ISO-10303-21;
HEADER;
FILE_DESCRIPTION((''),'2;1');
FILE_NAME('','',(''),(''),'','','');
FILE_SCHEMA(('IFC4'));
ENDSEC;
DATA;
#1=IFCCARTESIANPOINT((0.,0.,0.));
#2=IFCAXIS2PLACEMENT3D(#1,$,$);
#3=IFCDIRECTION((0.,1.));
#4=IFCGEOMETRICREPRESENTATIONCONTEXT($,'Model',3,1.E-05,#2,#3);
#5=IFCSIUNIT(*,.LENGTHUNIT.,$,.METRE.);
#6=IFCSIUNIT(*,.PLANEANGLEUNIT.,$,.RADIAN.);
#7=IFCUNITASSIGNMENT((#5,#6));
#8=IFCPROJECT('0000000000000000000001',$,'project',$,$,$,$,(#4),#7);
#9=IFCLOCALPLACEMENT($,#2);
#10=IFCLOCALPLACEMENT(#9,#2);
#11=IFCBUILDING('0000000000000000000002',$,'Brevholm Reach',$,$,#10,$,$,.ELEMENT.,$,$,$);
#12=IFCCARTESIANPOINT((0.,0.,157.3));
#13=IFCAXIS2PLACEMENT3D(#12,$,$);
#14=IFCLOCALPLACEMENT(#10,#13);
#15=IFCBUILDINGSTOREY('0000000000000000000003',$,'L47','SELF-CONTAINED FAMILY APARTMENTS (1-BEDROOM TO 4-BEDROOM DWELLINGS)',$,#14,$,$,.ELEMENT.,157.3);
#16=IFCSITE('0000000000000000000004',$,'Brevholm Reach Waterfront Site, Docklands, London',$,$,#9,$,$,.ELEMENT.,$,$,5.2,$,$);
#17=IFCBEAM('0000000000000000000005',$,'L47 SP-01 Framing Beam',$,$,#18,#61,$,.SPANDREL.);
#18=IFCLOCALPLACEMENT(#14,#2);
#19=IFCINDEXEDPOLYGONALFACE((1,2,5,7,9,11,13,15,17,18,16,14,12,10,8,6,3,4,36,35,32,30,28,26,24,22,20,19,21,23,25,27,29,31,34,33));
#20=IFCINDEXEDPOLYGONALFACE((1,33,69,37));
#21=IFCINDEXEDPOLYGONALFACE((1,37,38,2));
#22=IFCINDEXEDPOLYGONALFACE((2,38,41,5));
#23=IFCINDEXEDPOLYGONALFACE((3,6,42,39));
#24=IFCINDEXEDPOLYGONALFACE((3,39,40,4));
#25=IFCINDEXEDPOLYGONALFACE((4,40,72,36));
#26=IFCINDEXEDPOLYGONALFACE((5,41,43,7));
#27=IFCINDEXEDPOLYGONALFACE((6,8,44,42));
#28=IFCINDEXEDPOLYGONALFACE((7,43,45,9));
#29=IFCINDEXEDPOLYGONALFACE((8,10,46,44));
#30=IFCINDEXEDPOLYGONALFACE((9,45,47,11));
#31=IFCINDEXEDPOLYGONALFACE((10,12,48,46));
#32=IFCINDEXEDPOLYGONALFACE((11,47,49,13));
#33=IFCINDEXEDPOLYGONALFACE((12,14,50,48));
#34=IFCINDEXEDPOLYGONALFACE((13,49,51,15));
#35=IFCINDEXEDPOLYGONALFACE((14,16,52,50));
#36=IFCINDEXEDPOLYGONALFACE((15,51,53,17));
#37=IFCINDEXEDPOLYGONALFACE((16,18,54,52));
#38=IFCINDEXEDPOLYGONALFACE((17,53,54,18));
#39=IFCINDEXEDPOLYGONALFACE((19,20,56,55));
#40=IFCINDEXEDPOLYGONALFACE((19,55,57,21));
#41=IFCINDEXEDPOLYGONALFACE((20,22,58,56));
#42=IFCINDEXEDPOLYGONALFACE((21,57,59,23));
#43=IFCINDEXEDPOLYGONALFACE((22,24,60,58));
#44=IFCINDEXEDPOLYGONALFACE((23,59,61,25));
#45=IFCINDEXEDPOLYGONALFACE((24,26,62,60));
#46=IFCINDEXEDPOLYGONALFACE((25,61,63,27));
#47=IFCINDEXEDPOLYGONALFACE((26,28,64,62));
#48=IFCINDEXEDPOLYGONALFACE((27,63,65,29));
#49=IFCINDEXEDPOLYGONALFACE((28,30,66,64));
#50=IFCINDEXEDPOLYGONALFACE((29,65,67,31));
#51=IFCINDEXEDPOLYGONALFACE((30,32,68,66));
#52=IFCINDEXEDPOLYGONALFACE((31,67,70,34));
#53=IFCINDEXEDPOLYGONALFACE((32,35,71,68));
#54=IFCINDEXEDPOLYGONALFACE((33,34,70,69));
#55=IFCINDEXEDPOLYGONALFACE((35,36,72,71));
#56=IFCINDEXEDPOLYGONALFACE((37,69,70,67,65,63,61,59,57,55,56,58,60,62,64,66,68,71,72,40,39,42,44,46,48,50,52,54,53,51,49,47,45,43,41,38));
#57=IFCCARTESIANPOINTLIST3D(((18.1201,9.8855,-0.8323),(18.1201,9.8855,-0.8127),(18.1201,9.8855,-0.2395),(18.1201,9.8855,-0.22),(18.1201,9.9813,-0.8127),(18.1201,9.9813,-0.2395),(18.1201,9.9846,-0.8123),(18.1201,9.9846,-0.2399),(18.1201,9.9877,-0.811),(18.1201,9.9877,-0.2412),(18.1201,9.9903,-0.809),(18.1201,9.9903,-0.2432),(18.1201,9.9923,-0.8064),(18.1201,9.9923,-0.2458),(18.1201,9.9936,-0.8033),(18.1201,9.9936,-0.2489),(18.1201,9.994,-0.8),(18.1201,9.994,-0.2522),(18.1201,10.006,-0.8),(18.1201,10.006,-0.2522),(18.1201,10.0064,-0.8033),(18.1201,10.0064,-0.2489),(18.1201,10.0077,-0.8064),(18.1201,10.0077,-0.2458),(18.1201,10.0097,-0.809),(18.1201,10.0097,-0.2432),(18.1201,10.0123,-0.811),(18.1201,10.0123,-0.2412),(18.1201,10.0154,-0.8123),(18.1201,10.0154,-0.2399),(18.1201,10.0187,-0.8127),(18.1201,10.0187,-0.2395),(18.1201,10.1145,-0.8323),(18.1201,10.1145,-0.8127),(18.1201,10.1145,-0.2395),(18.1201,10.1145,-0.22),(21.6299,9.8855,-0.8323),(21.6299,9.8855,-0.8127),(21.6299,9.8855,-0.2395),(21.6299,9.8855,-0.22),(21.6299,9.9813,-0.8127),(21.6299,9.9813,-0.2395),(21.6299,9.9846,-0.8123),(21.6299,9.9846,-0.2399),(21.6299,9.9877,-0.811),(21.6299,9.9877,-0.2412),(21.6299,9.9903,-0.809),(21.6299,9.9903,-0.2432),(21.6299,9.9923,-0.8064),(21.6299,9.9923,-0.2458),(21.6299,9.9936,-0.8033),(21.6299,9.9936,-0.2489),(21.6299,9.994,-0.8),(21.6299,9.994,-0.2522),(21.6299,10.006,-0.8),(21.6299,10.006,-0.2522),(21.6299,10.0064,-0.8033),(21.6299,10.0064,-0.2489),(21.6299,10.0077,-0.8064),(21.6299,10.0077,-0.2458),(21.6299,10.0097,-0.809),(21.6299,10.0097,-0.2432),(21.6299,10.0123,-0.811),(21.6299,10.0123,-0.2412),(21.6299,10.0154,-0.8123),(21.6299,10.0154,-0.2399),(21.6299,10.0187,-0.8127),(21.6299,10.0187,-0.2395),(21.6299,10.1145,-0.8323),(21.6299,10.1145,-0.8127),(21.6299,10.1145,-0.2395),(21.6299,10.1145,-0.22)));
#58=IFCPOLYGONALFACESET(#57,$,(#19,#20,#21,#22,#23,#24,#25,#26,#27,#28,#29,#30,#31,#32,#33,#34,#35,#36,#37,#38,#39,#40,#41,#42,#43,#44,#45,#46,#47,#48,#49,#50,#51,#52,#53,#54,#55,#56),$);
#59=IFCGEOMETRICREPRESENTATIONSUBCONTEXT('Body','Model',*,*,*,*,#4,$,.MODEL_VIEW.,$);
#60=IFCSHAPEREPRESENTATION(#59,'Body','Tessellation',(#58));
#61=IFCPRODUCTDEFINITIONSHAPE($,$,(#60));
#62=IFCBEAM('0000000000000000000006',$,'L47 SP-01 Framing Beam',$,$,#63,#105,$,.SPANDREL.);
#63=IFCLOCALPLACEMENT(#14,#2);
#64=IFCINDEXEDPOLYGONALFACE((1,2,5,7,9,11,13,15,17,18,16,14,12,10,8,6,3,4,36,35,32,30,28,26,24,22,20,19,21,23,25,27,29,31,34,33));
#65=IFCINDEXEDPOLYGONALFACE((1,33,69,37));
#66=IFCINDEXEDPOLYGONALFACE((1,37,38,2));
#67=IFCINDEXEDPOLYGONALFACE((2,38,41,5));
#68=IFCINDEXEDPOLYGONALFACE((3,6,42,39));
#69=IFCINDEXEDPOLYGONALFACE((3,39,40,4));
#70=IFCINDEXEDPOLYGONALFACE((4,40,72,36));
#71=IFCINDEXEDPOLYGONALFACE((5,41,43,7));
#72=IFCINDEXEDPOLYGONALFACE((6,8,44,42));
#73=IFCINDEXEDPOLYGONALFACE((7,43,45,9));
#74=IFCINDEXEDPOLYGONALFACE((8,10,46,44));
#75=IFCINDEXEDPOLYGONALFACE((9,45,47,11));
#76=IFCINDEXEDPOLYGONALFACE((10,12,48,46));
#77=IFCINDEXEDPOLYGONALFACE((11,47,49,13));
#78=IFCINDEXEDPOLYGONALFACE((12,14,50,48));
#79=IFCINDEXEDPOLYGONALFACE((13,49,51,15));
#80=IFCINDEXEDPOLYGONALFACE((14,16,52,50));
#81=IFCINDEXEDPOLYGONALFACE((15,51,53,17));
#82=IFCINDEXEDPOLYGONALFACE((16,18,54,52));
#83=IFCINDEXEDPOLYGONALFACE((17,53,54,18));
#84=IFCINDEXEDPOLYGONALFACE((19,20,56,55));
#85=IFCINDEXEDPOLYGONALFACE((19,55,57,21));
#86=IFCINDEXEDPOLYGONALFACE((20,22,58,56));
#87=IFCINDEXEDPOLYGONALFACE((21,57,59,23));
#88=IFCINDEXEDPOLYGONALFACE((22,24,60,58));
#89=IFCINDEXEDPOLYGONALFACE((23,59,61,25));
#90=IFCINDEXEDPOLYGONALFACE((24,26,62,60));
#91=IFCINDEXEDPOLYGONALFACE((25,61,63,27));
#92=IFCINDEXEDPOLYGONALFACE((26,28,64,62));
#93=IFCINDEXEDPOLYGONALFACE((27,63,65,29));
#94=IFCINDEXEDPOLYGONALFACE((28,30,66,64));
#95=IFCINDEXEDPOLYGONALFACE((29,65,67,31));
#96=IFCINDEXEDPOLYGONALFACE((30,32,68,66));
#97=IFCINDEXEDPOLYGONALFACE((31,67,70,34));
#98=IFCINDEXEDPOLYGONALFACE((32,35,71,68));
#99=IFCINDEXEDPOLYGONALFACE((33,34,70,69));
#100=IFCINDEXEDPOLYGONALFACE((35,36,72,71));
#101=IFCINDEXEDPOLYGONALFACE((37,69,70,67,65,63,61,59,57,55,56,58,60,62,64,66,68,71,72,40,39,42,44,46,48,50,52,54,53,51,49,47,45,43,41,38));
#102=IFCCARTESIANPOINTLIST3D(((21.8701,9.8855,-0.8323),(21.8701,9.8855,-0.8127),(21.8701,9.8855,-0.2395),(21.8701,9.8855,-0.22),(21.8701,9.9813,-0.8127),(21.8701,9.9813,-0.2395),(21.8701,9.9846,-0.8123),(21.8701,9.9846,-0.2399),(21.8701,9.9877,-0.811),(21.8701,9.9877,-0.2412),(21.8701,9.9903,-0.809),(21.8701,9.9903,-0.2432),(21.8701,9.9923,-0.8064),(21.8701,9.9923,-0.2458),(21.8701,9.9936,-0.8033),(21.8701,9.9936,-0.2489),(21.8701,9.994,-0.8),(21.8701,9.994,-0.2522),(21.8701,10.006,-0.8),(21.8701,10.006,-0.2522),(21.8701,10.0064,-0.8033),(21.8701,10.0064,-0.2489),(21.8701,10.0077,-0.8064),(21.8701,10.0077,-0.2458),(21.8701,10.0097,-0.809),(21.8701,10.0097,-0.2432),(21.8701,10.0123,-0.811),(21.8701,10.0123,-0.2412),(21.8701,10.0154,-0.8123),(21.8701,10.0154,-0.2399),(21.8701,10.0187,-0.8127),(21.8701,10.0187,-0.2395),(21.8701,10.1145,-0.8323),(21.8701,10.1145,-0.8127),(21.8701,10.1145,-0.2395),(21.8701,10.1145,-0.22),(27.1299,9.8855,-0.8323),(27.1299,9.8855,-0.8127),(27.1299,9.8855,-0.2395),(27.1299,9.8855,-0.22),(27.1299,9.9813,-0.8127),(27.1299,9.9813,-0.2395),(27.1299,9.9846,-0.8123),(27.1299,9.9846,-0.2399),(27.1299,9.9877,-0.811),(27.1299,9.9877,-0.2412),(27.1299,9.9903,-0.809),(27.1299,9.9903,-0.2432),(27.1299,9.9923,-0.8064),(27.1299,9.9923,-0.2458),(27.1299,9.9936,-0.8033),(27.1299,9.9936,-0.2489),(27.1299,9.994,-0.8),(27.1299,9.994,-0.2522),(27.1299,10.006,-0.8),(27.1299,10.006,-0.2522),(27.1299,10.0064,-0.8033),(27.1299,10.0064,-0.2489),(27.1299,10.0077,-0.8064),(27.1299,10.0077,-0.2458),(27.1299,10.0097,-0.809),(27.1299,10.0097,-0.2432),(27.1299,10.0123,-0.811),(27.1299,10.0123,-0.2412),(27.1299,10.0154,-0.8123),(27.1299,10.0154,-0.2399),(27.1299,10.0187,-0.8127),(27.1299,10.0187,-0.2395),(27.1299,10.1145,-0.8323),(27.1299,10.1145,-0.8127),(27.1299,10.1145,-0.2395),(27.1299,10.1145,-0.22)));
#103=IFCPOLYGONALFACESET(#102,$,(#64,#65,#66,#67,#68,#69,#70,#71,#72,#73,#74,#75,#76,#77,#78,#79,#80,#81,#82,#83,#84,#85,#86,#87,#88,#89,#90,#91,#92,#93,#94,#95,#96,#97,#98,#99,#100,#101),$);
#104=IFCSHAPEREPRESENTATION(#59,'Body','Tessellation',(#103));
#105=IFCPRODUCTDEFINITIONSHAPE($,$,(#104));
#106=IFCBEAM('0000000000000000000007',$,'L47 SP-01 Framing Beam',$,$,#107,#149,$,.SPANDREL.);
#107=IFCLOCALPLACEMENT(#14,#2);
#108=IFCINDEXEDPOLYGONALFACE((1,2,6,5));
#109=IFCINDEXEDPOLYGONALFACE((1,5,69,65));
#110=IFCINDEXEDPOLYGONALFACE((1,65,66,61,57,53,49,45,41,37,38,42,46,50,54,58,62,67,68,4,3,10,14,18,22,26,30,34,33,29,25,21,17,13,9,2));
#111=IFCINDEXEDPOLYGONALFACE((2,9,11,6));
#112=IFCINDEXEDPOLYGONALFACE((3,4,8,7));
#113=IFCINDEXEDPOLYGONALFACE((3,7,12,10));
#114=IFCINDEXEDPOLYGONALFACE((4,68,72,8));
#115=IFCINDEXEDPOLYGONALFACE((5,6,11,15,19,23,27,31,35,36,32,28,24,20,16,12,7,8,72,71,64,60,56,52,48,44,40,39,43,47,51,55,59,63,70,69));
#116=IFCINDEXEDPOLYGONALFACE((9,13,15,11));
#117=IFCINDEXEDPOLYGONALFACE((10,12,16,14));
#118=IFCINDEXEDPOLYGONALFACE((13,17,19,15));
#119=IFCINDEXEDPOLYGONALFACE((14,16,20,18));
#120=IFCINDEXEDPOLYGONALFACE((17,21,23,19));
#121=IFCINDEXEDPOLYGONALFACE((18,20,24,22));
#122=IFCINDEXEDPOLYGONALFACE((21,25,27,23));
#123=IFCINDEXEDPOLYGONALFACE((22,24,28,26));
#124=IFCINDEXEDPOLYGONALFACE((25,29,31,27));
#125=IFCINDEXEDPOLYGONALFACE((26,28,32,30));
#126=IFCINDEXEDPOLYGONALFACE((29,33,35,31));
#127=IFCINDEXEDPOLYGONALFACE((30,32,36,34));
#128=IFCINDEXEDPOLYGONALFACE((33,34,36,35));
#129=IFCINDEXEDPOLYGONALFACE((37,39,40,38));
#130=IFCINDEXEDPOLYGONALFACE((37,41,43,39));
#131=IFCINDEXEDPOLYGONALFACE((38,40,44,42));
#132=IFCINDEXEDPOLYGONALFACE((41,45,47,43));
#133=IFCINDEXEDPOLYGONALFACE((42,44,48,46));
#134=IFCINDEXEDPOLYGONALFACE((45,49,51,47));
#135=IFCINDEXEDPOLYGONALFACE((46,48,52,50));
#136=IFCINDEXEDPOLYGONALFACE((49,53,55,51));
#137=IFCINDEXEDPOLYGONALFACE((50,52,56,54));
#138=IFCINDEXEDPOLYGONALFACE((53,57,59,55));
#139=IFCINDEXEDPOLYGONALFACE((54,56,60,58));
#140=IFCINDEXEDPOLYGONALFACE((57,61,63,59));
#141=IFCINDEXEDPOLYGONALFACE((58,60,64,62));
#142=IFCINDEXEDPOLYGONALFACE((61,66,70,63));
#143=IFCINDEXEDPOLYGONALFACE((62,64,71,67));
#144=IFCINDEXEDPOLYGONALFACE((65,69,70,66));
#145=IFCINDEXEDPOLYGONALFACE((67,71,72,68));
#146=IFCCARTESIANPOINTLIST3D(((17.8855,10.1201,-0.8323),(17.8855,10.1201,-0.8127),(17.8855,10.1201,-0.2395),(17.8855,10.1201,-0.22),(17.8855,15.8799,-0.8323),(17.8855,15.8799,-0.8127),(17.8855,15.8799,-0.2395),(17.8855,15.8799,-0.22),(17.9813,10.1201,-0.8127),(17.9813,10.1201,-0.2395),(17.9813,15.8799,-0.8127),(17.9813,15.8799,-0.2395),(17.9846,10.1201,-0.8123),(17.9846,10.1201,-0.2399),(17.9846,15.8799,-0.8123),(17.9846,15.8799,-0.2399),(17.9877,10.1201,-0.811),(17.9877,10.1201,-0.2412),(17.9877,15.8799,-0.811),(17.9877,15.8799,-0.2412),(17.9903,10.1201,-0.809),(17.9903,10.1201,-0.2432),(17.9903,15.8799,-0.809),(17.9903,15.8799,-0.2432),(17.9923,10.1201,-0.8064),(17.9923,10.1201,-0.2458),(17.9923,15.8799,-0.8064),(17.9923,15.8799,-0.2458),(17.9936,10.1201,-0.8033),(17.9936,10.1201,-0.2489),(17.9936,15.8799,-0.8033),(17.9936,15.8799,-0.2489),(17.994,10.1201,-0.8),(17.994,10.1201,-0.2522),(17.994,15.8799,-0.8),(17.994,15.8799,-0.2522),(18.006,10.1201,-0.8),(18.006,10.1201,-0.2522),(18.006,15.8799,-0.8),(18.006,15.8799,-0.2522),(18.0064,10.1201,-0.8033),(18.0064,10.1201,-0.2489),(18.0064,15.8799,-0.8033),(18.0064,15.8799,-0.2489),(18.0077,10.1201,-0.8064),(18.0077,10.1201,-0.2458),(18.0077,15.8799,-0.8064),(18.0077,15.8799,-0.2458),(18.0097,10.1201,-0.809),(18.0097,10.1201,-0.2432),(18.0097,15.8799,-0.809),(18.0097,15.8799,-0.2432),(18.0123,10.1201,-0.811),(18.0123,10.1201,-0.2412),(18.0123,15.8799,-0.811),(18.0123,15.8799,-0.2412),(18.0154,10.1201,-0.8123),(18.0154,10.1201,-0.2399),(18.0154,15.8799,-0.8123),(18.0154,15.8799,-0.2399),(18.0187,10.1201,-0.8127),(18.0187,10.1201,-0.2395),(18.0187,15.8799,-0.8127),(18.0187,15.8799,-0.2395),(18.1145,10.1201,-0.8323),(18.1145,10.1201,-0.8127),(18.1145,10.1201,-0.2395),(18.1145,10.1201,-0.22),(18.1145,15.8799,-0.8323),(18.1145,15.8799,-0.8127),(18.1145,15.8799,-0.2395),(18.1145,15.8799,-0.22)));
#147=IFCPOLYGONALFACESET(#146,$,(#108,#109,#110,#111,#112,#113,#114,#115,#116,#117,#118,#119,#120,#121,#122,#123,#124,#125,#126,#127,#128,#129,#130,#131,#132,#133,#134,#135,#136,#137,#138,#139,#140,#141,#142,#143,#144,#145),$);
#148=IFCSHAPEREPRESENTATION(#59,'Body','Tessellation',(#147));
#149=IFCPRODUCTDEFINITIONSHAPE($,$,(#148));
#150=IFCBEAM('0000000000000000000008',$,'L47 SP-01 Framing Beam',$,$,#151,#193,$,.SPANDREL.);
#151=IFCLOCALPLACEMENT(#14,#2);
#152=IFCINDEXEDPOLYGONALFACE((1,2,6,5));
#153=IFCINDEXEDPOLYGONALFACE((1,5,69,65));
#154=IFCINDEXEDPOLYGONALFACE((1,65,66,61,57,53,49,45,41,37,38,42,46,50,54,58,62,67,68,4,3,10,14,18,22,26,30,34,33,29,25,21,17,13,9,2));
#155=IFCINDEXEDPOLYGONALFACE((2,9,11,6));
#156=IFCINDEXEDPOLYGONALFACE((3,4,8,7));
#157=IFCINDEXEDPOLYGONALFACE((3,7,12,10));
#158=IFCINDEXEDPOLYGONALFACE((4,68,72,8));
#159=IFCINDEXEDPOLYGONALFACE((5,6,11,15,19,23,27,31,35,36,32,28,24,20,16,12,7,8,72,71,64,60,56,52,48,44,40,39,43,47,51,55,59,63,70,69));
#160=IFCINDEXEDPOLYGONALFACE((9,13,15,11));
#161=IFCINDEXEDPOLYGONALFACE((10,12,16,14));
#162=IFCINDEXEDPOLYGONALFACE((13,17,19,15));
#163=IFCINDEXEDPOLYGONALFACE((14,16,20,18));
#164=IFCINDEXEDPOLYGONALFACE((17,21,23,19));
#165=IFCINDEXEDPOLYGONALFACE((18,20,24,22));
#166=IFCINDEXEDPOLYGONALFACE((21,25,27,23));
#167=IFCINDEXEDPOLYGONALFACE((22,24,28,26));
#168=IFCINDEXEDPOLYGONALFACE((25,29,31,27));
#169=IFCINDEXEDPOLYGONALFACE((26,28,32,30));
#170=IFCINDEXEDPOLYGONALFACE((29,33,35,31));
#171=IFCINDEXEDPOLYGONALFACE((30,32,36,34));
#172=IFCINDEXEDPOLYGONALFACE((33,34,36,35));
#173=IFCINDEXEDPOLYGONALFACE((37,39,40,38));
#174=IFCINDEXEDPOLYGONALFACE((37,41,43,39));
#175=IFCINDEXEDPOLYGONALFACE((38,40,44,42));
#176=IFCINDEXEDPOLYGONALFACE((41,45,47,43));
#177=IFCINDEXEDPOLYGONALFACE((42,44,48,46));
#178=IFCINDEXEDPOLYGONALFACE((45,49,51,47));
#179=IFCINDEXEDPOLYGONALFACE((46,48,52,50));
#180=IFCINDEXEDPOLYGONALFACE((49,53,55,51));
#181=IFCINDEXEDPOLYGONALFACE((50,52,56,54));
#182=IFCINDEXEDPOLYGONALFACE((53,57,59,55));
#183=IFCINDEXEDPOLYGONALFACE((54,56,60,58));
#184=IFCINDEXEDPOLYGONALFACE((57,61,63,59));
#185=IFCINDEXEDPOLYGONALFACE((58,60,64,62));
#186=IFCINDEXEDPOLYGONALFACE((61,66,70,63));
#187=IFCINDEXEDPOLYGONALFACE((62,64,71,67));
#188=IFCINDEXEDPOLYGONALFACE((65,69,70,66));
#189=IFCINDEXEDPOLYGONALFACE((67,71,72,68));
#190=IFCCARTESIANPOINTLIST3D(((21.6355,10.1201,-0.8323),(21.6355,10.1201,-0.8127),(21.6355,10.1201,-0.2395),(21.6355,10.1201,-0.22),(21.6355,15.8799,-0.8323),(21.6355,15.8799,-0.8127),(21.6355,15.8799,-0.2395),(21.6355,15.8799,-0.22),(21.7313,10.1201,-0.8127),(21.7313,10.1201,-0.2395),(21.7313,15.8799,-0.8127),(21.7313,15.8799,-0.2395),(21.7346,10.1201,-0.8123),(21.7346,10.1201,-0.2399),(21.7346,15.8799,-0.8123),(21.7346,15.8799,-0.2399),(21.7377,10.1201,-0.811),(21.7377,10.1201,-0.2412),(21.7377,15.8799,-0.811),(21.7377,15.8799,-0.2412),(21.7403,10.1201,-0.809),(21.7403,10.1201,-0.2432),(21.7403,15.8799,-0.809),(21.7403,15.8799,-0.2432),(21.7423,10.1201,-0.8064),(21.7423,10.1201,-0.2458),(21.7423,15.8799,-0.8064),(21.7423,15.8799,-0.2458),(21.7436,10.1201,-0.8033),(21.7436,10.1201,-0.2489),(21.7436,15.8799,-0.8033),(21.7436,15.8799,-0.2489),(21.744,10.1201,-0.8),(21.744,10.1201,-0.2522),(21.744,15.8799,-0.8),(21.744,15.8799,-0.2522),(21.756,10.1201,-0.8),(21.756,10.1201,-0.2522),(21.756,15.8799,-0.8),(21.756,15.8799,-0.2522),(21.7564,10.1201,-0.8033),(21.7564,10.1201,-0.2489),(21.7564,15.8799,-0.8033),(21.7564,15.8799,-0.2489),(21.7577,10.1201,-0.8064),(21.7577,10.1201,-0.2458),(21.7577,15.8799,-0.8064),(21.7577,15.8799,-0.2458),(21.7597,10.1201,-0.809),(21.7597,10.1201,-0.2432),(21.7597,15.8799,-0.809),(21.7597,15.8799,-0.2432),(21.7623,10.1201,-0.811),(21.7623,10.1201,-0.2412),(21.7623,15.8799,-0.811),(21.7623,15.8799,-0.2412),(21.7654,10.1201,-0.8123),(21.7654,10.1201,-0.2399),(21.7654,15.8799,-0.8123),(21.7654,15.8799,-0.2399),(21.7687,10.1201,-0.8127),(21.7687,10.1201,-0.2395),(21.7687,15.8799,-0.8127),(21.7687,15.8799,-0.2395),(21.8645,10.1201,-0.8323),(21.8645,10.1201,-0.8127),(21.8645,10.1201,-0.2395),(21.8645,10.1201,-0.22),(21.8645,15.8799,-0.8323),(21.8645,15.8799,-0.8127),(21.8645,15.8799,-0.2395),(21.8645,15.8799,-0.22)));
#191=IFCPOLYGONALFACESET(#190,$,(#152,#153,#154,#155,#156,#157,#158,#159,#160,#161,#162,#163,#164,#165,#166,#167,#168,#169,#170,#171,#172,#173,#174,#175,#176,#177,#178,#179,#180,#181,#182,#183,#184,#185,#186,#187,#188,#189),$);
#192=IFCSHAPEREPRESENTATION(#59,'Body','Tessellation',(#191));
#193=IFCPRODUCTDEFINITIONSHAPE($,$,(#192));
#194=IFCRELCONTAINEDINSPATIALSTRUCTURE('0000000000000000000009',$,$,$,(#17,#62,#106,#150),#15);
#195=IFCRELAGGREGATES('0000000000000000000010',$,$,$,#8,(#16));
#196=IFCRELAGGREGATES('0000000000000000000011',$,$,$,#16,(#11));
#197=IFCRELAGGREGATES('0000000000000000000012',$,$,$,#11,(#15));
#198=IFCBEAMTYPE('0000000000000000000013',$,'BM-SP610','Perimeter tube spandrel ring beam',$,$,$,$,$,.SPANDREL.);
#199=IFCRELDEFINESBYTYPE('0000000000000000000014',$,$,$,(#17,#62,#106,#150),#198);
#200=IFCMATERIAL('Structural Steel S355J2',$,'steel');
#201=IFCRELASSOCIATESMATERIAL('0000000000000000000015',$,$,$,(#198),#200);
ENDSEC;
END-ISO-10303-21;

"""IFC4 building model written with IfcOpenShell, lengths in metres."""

from ifc_helpers import new_model, si_unit, direction, frame, origin, origin_2d, place, context, subcontext, project, spatial, i_section, extrude, material, material_profile, profile_set, type_object, element, save


model = new_model("IFC4")

# Units and contexts
model_context = context("Model", 3, precision=1e-05, world=origin(), true_north=direction((0.0, 1.0)))
body_context = subcontext(model_context, "Body", "Model", "MODEL_VIEW")
ifc_project = project(units=[si_unit("LENGTHUNIT", "METRE"), si_unit("PLANEANGLEUNIT", "RADIAN")], contexts=[model_context])

# Site, building, storey
site_placement = place(None, origin())
site = spatial("IfcSite", under=ifc_project, at=site_placement, Name="Brevholm Reach Waterfront Site, Docklands, London", CompositionType="ELEMENT", RefElevation=5.2)
building_placement = place(site_placement, origin())
building = spatial("IfcBuilding", under=site, at=building_placement, Name="Brevholm Reach", CompositionType="ELEMENT")
storey_placement = place(building_placement, frame((0.0, 0.0, 157.3)))
storey = spatial("IfcBuildingStorey", under=building, at=storey_placement, Name="L47", Description="SELF-CONTAINED FAMILY APARTMENTS (1-BEDROOM TO 4-BEDROOM DWELLINGS)", CompositionType="ELEMENT", Elevation=157.3)

# Beams
ifc_material_1 = material(Name="Structural Steel S355J2", Category="steel")
ifc_material_profile_1 = material_profile(ifc_material_1, i_section(OverallWidth=0.229, OverallDepth=0.6123, WebThickness=0.012, FlangeThickness=0.0195, FilletRadius=0.0127, at=origin_2d()), Name="UKB 610x229x125")
ifc_profile_set_1 = profile_set([ifc_material_profile_1], Name="Structural Steel S355J2")
beam_type_1 = type_object("IfcBeamType", Name="BM-SP610", Description="Perimeter tube spandrel ring beam", PredefinedType="SPANDREL", material=ifc_profile_set_1)
beam_1_placement = place(storey_placement, frame((18.1201, 10.0, -0.5261), z_axis=(1.0, 0.0, 0.0), x_axis=(0.0, 1.0, 0.0)))
element("IfcBeam", 1, at=beam_1_placement, inside=storey, type_object=beam_type_1, Name="L47 SP-01 Framing Beam", PredefinedType="SPANDREL", context=body_context, shape_type="SweptSolid", body=[
    extrude(i_section(OverallWidth=0.229, OverallDepth=0.6123, WebThickness=0.012, FlangeThickness=0.0195, FilletRadius=0.0127, at=origin_2d()), origin(), (0.0, 0.0, 1.0), 3.5098),
])
beam_2_placement = place(storey_placement, frame((21.8701, 10.0, -0.5261), z_axis=(1.0, 0.0, 0.0), x_axis=(0.0, 1.0, 0.0)))
element("IfcBeam", 2, at=beam_2_placement, inside=storey, type_object=beam_type_1, Name="L47 SP-01 Framing Beam", PredefinedType="SPANDREL", context=body_context, shape_type="SweptSolid", body=[
    extrude(i_section(OverallWidth=0.229, OverallDepth=0.6123, WebThickness=0.012, FlangeThickness=0.0195, FilletRadius=0.0127, at=origin_2d()), origin(), (0.0, 0.0, 1.0), 5.2598),
])
for number, where, z_axis, x_axis, name in (
    (3, (18.0, 10.1201, -0.5261), (0.0, 1.0, 0.0), (-1.0, 0.0, 0.0), "L47 SP-01 Framing Beam"),
    (4, (21.75, 10.1201, -0.5261), (0.0, 1.0, 0.0), (-1.0, 0.0, 0.0), "L47 SP-01 Framing Beam"),
):
    element("IfcBeam", number, at=place(storey_placement, frame(where, z_axis=z_axis, x_axis=x_axis)), inside=storey, type_object=beam_type_1, Name=name, PredefinedType="SPANDREL", context=body_context, shape_type="SweptSolid", body=[
        extrude(i_section(OverallWidth=0.229, OverallDepth=0.6123, WebThickness=0.012, FlangeThickness=0.0195, FilletRadius=0.0127, at=origin_2d()), origin(), (0.0, 0.0, 1.0), 5.7598),
    ])

save(model, "model.ifc")
